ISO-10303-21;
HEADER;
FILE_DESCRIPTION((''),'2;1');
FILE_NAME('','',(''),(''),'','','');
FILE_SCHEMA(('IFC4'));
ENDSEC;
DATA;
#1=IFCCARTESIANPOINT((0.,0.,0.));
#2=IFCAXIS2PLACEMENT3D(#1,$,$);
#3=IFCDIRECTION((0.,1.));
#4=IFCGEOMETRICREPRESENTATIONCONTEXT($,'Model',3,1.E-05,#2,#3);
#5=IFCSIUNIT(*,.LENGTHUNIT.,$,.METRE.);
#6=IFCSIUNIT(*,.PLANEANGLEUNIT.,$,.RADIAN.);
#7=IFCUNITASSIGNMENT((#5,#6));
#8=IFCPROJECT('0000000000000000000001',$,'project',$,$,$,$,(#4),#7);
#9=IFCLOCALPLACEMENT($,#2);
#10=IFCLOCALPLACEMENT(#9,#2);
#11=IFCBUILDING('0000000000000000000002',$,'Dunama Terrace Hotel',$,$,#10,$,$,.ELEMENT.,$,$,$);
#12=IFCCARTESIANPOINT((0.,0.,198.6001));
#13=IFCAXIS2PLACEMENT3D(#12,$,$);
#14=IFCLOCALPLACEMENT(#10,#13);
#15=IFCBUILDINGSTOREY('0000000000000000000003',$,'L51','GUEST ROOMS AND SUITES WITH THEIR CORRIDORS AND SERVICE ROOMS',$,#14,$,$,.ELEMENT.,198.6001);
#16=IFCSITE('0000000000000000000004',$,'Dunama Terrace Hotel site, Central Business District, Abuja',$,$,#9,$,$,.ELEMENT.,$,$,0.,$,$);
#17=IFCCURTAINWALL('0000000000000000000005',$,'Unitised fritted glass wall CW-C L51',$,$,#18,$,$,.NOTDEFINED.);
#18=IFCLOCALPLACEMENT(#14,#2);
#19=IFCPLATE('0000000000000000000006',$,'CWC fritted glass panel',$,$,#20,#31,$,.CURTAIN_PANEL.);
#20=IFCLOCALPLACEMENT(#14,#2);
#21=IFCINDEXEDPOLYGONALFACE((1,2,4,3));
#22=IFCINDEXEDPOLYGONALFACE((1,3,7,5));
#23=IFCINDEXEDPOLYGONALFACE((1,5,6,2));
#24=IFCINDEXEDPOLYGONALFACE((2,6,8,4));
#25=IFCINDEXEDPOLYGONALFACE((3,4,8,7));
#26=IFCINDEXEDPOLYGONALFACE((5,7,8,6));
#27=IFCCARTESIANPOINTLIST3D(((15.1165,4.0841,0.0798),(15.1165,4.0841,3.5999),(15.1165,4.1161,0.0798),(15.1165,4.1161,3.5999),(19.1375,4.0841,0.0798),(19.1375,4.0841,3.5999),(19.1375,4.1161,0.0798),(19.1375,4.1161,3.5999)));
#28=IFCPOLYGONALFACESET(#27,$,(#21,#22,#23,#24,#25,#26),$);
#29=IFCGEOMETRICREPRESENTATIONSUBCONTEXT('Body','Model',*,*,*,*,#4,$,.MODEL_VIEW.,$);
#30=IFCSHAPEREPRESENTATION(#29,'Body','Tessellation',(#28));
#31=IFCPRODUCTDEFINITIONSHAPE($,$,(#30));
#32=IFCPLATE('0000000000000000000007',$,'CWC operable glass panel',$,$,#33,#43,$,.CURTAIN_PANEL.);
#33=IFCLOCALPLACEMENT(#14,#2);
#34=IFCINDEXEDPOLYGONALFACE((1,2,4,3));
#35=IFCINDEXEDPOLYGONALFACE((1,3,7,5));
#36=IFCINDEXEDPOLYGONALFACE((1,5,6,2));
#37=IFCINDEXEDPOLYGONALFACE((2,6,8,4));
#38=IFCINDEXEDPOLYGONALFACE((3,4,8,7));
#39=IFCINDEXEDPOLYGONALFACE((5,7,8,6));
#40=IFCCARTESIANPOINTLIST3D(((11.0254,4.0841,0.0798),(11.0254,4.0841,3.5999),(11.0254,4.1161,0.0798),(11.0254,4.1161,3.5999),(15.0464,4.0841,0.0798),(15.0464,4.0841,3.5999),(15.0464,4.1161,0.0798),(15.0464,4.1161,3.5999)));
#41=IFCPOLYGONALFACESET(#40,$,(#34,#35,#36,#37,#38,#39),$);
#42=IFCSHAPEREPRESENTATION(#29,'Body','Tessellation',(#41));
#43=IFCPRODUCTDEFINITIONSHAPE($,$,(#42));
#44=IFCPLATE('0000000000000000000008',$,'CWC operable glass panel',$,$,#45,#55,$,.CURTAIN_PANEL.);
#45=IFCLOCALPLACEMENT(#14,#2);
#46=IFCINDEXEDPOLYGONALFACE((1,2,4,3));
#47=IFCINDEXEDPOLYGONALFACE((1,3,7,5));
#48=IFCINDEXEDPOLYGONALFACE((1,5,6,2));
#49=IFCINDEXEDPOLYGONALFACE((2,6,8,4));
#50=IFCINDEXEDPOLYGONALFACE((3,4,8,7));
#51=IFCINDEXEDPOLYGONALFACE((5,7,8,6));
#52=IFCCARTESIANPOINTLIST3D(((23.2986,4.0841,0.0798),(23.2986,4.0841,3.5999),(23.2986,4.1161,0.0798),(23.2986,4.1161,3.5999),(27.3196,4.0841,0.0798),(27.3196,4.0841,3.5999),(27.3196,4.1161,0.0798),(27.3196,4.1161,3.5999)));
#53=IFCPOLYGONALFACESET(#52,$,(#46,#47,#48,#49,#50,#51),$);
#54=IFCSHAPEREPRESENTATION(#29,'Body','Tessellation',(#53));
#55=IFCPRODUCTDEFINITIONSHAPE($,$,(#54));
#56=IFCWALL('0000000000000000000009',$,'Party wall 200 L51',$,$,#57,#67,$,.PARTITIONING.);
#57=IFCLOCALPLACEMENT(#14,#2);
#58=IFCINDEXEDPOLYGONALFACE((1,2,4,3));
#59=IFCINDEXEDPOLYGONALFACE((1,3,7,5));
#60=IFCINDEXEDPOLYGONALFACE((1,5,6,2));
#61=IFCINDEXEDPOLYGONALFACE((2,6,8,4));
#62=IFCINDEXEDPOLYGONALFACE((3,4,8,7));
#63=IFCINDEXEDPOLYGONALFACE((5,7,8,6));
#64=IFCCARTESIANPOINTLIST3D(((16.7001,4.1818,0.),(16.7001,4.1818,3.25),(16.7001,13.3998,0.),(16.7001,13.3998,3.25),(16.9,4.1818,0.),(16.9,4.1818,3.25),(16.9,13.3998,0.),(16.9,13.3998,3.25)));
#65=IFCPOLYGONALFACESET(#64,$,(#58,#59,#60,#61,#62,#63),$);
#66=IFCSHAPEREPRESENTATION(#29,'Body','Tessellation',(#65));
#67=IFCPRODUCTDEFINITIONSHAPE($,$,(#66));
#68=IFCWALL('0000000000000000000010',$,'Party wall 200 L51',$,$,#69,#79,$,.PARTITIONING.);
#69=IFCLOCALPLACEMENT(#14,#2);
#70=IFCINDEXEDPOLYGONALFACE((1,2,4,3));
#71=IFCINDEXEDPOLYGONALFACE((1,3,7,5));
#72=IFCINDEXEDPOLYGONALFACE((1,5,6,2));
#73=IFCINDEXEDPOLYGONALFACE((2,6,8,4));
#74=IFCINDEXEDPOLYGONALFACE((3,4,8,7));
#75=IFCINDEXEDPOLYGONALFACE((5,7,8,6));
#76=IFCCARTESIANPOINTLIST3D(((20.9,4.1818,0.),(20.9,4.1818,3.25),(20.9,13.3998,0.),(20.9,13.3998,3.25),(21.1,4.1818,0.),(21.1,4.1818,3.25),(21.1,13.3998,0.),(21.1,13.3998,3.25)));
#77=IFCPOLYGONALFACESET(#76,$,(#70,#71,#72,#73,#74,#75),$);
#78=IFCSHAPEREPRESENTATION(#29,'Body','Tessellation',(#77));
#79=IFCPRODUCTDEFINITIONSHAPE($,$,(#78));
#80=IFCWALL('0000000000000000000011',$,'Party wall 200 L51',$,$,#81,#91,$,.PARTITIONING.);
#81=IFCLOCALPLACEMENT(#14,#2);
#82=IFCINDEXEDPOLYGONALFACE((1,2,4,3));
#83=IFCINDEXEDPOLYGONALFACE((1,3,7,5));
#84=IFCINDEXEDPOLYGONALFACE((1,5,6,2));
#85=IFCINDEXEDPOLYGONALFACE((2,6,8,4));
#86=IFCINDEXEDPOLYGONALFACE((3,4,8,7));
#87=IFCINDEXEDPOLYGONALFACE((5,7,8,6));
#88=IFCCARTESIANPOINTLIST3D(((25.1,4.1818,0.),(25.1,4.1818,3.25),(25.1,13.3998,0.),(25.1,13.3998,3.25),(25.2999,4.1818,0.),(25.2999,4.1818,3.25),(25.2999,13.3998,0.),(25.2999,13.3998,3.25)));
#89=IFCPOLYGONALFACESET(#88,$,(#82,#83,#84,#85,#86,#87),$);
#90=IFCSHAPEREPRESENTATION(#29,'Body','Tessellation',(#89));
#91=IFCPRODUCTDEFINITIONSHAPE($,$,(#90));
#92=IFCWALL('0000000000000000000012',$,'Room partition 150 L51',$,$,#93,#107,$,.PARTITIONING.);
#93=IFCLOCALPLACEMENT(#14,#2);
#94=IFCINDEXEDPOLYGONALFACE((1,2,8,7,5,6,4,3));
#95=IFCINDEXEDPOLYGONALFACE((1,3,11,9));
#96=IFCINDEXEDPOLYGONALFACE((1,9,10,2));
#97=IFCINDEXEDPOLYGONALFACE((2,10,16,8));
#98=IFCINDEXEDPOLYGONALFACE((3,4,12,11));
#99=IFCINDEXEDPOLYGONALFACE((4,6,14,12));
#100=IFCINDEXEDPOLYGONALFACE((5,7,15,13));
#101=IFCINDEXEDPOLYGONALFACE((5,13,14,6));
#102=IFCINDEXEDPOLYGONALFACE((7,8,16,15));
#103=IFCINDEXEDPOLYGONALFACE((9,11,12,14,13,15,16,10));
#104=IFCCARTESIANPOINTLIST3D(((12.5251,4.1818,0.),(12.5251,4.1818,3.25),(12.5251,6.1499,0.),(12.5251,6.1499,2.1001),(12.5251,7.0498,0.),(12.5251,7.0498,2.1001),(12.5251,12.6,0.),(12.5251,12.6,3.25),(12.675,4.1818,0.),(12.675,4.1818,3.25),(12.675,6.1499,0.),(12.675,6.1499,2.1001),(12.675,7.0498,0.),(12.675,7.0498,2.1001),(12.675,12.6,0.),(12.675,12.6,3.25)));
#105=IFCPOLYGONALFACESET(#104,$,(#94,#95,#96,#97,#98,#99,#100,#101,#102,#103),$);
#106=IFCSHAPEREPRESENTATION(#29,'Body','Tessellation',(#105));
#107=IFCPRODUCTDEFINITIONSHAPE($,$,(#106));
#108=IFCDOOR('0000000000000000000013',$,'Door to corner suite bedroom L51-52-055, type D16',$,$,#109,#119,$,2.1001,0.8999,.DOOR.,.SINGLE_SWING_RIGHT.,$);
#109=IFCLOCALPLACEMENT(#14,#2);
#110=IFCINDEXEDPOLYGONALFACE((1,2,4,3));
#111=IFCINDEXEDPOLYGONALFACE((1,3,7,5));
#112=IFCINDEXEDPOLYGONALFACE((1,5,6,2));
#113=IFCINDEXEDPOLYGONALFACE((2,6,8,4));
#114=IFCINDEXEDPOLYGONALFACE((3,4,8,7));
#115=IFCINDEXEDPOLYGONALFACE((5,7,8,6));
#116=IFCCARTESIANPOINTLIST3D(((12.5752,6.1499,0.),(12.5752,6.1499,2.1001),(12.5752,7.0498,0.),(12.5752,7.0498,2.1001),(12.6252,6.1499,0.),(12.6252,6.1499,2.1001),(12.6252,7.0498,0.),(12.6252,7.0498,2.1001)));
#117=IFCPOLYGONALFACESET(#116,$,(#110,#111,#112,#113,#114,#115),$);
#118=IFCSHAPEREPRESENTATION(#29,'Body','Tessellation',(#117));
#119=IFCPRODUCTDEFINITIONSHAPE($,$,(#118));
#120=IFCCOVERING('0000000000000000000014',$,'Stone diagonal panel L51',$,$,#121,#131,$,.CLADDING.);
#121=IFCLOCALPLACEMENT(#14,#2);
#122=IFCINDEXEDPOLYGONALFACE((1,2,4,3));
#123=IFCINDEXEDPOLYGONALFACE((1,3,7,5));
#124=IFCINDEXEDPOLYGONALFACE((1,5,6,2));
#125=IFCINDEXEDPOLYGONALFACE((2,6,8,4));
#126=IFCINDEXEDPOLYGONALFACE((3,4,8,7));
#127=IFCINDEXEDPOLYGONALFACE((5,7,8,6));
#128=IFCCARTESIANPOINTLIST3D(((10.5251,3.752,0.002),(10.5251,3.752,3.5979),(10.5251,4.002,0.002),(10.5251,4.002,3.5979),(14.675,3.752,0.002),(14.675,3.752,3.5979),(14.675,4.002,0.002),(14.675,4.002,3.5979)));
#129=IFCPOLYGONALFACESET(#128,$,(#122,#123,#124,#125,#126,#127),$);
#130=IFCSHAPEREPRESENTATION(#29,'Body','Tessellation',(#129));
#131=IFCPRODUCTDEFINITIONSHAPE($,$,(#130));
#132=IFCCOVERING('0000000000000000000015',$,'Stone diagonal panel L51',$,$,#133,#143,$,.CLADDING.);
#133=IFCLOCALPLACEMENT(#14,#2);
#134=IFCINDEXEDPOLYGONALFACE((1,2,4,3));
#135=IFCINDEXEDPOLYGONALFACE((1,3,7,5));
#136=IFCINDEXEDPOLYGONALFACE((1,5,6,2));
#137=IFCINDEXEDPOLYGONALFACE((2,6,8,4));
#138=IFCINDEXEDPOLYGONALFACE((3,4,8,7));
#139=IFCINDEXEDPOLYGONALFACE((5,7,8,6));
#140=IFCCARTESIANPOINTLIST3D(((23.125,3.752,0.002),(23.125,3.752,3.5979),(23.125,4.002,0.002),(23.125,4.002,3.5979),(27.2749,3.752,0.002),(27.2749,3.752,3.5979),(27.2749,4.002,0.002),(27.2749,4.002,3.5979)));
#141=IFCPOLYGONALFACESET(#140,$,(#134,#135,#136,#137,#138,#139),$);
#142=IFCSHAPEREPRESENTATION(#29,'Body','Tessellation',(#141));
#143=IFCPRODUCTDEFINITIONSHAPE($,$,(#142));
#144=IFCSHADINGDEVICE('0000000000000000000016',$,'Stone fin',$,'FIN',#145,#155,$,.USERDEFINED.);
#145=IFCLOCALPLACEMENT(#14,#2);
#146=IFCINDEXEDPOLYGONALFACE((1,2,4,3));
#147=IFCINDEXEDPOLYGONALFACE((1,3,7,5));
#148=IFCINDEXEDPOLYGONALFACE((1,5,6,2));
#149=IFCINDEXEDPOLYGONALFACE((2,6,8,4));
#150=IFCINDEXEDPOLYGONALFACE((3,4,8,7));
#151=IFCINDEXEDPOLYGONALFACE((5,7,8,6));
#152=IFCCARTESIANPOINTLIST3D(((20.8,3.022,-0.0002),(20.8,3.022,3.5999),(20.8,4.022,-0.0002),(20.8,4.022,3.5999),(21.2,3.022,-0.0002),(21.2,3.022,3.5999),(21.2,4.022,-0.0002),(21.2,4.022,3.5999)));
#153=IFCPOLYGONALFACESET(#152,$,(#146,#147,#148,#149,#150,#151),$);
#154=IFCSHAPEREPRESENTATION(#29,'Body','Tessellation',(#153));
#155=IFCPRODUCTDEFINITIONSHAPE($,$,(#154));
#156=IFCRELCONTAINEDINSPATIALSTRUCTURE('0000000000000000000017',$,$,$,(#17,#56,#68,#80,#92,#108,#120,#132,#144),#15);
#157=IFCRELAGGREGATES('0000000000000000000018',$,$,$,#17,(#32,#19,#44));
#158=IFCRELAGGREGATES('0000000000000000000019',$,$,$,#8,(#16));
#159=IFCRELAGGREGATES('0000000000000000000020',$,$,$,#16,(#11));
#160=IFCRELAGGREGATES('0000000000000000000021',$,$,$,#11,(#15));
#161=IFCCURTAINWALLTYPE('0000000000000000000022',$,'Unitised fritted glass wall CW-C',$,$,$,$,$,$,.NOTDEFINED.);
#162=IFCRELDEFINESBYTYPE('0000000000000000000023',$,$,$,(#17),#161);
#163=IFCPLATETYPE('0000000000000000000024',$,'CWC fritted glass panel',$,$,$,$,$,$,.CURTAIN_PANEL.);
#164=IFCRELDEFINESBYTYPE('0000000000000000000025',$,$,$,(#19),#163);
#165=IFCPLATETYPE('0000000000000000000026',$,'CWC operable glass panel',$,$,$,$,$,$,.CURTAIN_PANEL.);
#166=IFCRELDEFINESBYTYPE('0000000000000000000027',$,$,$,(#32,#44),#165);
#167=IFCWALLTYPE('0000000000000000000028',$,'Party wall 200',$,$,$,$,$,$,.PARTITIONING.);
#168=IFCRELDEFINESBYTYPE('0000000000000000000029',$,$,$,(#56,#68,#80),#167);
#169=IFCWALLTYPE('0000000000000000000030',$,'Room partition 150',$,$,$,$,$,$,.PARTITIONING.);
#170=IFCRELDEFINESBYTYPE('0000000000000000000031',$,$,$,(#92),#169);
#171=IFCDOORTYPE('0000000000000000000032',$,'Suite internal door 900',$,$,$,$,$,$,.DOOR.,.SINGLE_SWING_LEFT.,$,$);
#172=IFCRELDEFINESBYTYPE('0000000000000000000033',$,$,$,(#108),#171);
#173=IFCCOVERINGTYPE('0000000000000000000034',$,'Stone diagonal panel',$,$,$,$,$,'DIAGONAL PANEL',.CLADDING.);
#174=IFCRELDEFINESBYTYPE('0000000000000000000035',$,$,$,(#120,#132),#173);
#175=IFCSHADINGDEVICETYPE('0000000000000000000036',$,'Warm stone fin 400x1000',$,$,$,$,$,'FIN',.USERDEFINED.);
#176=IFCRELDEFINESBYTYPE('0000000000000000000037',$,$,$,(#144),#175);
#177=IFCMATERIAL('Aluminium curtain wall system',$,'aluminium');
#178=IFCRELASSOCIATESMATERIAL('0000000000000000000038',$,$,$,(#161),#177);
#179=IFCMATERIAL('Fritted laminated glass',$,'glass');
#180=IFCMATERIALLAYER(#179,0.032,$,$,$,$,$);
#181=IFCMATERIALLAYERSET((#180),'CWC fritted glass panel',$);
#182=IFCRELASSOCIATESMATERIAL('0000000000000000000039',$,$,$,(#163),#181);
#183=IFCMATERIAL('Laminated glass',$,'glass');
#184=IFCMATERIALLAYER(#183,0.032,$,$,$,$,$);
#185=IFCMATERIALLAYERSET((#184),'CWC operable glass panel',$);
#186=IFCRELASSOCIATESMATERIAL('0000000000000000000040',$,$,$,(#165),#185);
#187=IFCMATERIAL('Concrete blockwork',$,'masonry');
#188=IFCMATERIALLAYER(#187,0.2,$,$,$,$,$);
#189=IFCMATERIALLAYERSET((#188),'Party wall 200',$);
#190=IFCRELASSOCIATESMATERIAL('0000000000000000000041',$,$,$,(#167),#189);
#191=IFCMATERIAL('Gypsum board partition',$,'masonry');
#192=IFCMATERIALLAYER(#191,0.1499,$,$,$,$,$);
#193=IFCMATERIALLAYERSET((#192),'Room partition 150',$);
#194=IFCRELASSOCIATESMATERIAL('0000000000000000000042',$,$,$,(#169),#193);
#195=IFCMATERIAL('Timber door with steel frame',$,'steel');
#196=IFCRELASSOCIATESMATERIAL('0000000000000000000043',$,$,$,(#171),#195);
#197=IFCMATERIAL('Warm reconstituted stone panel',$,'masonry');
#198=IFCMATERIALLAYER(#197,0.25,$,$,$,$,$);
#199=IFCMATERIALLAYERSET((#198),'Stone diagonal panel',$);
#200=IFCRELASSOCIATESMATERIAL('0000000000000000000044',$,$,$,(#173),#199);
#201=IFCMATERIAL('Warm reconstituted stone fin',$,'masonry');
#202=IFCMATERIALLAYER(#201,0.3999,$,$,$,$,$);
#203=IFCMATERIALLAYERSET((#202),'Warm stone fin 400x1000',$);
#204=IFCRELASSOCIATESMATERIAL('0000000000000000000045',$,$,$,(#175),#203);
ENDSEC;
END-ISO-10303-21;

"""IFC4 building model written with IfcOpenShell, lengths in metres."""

from ifc_helpers import new_model, si_unit, direction, frame, frame_2d, origin, origin_2d, place, context, subcontext, project, spatial, rectangle, extrude, material, layer, layer_set, type_object, element, fill, aggregate, save


model = new_model("IFC4")

# Units and contexts
model_context = context("Model", 3, precision=1e-05, world=origin(), true_north=direction((0.0, 1.0)))
body_context = subcontext(model_context, "Body", "Model", "MODEL_VIEW")
ifc_project = project(units=[si_unit("LENGTHUNIT", "METRE"), si_unit("PLANEANGLEUNIT", "RADIAN")], contexts=[model_context])

# Site, building, storey
site_placement = place(None, origin())
site = spatial("IfcSite", under=ifc_project, at=site_placement, Name="Dunama Terrace Hotel site, Central Business District, Abuja", CompositionType="ELEMENT", RefElevation=0.0)
building_placement = place(site_placement, origin())
building = spatial("IfcBuilding", under=site, at=building_placement, Name="Dunama Terrace Hotel", CompositionType="ELEMENT")
storey_placement = place(building_placement, frame((0.0, 0.0, 198.6001)))
storey = spatial("IfcBuildingStorey", under=building, at=storey_placement, Name="L51", Description="GUEST ROOMS AND SUITES WITH THEIR CORRIDORS AND SERVICE ROOMS", CompositionType="ELEMENT", Elevation=198.6001)

# Curtain wall
ifc_material_1 = material(Name="Aluminium curtain wall system", Category="aluminium")
curtain_wall_type = type_object("IfcCurtainWallType", Name="Unitised fritted glass wall CW-C", PredefinedType="NOTDEFINED", material=ifc_material_1)
curtain_wall_placement = place(storey_placement, origin())
curtain_wall = element("IfcCurtainWall", 1, at=curtain_wall_placement, inside=storey, type_object=curtain_wall_type, Name="Unitised fritted glass wall CW-C L51", PredefinedType="NOTDEFINED")

# Plates
ifc_material_2 = material(Name="Fritted laminated glass", Category="glass")
ifc_layer_1 = layer(ifc_material_2, 0.032)
ifc_layer_set_1 = layer_set([ifc_layer_1], Name="CWC fritted glass panel")
plate_type_1 = type_object("IfcPlateType", Name="CWC fritted glass panel", PredefinedType="CURTAIN_PANEL", material=ifc_layer_set_1)
plate_1_placement = place(storey_placement, frame((17.127, 4.1001, 0.0798), z_axis=(0.0, 0.0, 1.0), x_axis=(1.0, 0.0, 0.0)))
plate_1 = element("IfcPlate", 2, at=plate_1_placement, type_object=plate_type_1, Name="CWC fritted glass panel", PredefinedType="CURTAIN_PANEL", context=body_context, shape_type="SweptSolid", body=[
    extrude(rectangle(XDim=4.021, YDim=0.032, at=origin_2d()), origin(), (0.0, 0.0, 1.0), 3.52),
])
ifc_material_3 = material(Name="Laminated glass", Category="glass")
ifc_layer_2 = layer(ifc_material_3, 0.032)
ifc_layer_set_2 = layer_set([ifc_layer_2], Name="CWC operable glass panel")
plate_type_2 = type_object("IfcPlateType", Name="CWC operable glass panel", PredefinedType="CURTAIN_PANEL", material=ifc_layer_set_2)
plate_2_placement = place(storey_placement, frame((13.0359, 4.1001, 0.0798), z_axis=(0.0, 0.0, 1.0), x_axis=(1.0, 0.0, 0.0)))
plate_2 = element("IfcPlate", 3, at=plate_2_placement, type_object=plate_type_2, Name="CWC operable glass panel", PredefinedType="CURTAIN_PANEL", context=body_context, shape_type="SweptSolid", body=[
    extrude(rectangle(XDim=4.021, YDim=0.032, at=origin_2d()), origin(), (0.0, 0.0, 1.0), 3.52),
])
plate_3_placement = place(storey_placement, frame((25.3091, 4.1001, 0.0798), z_axis=(0.0, 0.0, 1.0), x_axis=(1.0, 0.0, 0.0)))
plate_3 = element("IfcPlate", 4, at=plate_3_placement, type_object=plate_type_2, Name="CWC operable glass panel", PredefinedType="CURTAIN_PANEL", context=body_context, shape_type="SweptSolid", body=[
    extrude(rectangle(XDim=4.021, YDim=0.032, at=origin_2d()), origin(), (0.0, 0.0, 1.0), 3.52),
])
aggregate(curtain_wall, [plate_2, plate_1, plate_3])

# Walls
ifc_material_4 = material(Name="Concrete blockwork", Category="masonry")
ifc_layer_3 = layer(ifc_material_4, 0.2)
ifc_layer_set_3 = layer_set([ifc_layer_3], Name="Party wall 200")
wall_type_1 = type_object("IfcWallType", Name="Party wall 200", PredefinedType="PARTITIONING", material=ifc_layer_set_3)
for number, where, z_axis, x_axis, name in (
    (5, (16.8, 4.1819, 0.0), (0.0, 0.0, 1.0), (0.0, 1.0, 0.0), "Party wall 200 L51"),
    (6, (21.0, 4.1819, 0.0), (0.0, 0.0, 1.0), (0.0, 1.0, 0.0), "Party wall 200 L51"),
    (7, (25.2, 4.1819, 0.0), (0.0, 0.0, 1.0), (0.0, 1.0, 0.0), "Party wall 200 L51"),
):
    element("IfcWall", number, at=place(storey_placement, frame(where, z_axis=z_axis, x_axis=x_axis)), inside=storey, type_object=wall_type_1, Name=name, PredefinedType="PARTITIONING", context=body_context, shape_type="SweptSolid", body=[
        extrude(rectangle(XDim=9.218, YDim=0.2, at=frame_2d((4.6089, 0.0))), origin(), (0.0, 0.0, 1.0), 3.25),
    ])

# Wall, opening, door
ifc_material_5 = material(Name="Gypsum board partition", Category="masonry")
ifc_layer_4 = layer(ifc_material_5, 0.1499)
ifc_layer_set_4 = layer_set([ifc_layer_4], Name="Room partition 150")
wall_type_2 = type_object("IfcWallType", Name="Room partition 150", PredefinedType="PARTITIONING", material=ifc_layer_set_4)
wall_placement = place(storey_placement, frame((12.6001, 4.1819, 0.0), z_axis=(0.0, 0.0, 1.0), x_axis=(0.0, 1.0, 0.0)))
wall = element("IfcWall", 8, at=wall_placement, inside=storey, type_object=wall_type_2, Name="Room partition 150 L51", PredefinedType="PARTITIONING", context=body_context, shape_type="SweptSolid", body=[
    extrude(rectangle(XDim=8.4182, YDim=0.1499, at=frame_2d((4.209, 0.0))), origin(), (0.0, 0.0, 1.0), 3.25),
])
opening_placement = place(wall_placement, frame((1.968, 0.0, 0.0)))
opening = element("IfcOpeningElement", 9, at=opening_placement, cuts=wall, PredefinedType="OPENING", context=body_context, shape_type="SweptSolid", body=[
    extrude(rectangle(XDim=0.8999, YDim=2.1001, at=frame_2d((0.45, 1.05))), frame((0.0, 0.085, 0.0), z_axis=(0.0, -1.0, 0.0), x_axis=(1.0, 0.0, 0.0)), (0.0, 0.0, 1.0), 0.1699),
])
ifc_material_6 = material(Name="Timber door with steel frame", Category="steel")
door_type = type_object("IfcDoorType", Name="Suite internal door 900", OperationType="SINGLE_SWING_LEFT", PredefinedType="DOOR", material=ifc_material_6)
door_placement = place(opening_placement, origin())
door = element("IfcDoor", 10, at=door_placement, inside=storey, type_object=door_type, Name="Door to corner suite bedroom L51-52-055, type D16", OperationType="SINGLE_SWING_RIGHT", OverallHeight=2.1001, OverallWidth=0.8999, PredefinedType="DOOR", context=body_context, shape_type="SweptSolid", body=[
    extrude(rectangle(XDim=0.8999, YDim=2.1001, at=frame_2d((0.45, 1.05))), frame((0.0, 0.0249, 0.0), z_axis=(0.0, -1.0, 0.0), x_axis=(1.0, 0.0, 0.0)), (0.0, 0.0, 1.0), 0.05),
])
fill(opening, door)

# Coverings
ifc_material_7 = material(Name="Warm reconstituted stone panel", Category="masonry")
ifc_layer_5 = layer(ifc_material_7, 0.25)
ifc_layer_set_5 = layer_set([ifc_layer_5], Name="Stone diagonal panel")
covering_type = type_object("IfcCoveringType", Name="Stone diagonal panel", ElementType="DIAGONAL PANEL", PredefinedType="CLADDING", material=ifc_layer_set_5)
for number, where, z_axis, x_axis, name in (
    (11, (12.6001, 3.877, 0.002), (0.0, 0.0, 1.0), (1.0, 0.0, 0.0), "Stone diagonal panel L51"),
    (12, (25.2, 3.877, 0.002), (0.0, 0.0, 1.0), (1.0, 0.0, 0.0), "Stone diagonal panel L51"),
):
    element("IfcCovering", number, at=place(storey_placement, frame(where, z_axis=z_axis, x_axis=x_axis)), inside=storey, type_object=covering_type, Name=name, PredefinedType="CLADDING", context=body_context, shape_type="SweptSolid", body=[
        extrude(rectangle(XDim=4.1499, YDim=0.25, at=origin_2d()), origin(), (0.0, 0.0, 1.0), 3.5959),
    ])

# Shading device
ifc_material_8 = material(Name="Warm reconstituted stone fin", Category="masonry")
ifc_layer_6 = layer(ifc_material_8, 0.3999)
ifc_layer_set_6 = layer_set([ifc_layer_6], Name="Warm stone fin 400x1000")
shading_device_type = type_object("IfcShadingDeviceType", Name="Warm stone fin 400x1000", ElementType="FIN", PredefinedType="USERDEFINED", material=ifc_layer_set_6)
shading_device_placement = place(storey_placement, frame((21.0, 3.522, -0.0002), z_axis=(0.0, 0.0, 1.0), x_axis=(1.0, 0.0, 0.0)))
element("IfcShadingDevice", 13, at=shading_device_placement, inside=storey, type_object=shading_device_type, Name="Stone fin", ObjectType="FIN", PredefinedType="USERDEFINED", context=body_context, shape_type="SweptSolid", body=[
    extrude(rectangle(XDim=0.3999, YDim=1.0, at=origin_2d()), origin(), (0.0, 0.0, 1.0), 3.6001),
])

save(model, "model.ifc")
